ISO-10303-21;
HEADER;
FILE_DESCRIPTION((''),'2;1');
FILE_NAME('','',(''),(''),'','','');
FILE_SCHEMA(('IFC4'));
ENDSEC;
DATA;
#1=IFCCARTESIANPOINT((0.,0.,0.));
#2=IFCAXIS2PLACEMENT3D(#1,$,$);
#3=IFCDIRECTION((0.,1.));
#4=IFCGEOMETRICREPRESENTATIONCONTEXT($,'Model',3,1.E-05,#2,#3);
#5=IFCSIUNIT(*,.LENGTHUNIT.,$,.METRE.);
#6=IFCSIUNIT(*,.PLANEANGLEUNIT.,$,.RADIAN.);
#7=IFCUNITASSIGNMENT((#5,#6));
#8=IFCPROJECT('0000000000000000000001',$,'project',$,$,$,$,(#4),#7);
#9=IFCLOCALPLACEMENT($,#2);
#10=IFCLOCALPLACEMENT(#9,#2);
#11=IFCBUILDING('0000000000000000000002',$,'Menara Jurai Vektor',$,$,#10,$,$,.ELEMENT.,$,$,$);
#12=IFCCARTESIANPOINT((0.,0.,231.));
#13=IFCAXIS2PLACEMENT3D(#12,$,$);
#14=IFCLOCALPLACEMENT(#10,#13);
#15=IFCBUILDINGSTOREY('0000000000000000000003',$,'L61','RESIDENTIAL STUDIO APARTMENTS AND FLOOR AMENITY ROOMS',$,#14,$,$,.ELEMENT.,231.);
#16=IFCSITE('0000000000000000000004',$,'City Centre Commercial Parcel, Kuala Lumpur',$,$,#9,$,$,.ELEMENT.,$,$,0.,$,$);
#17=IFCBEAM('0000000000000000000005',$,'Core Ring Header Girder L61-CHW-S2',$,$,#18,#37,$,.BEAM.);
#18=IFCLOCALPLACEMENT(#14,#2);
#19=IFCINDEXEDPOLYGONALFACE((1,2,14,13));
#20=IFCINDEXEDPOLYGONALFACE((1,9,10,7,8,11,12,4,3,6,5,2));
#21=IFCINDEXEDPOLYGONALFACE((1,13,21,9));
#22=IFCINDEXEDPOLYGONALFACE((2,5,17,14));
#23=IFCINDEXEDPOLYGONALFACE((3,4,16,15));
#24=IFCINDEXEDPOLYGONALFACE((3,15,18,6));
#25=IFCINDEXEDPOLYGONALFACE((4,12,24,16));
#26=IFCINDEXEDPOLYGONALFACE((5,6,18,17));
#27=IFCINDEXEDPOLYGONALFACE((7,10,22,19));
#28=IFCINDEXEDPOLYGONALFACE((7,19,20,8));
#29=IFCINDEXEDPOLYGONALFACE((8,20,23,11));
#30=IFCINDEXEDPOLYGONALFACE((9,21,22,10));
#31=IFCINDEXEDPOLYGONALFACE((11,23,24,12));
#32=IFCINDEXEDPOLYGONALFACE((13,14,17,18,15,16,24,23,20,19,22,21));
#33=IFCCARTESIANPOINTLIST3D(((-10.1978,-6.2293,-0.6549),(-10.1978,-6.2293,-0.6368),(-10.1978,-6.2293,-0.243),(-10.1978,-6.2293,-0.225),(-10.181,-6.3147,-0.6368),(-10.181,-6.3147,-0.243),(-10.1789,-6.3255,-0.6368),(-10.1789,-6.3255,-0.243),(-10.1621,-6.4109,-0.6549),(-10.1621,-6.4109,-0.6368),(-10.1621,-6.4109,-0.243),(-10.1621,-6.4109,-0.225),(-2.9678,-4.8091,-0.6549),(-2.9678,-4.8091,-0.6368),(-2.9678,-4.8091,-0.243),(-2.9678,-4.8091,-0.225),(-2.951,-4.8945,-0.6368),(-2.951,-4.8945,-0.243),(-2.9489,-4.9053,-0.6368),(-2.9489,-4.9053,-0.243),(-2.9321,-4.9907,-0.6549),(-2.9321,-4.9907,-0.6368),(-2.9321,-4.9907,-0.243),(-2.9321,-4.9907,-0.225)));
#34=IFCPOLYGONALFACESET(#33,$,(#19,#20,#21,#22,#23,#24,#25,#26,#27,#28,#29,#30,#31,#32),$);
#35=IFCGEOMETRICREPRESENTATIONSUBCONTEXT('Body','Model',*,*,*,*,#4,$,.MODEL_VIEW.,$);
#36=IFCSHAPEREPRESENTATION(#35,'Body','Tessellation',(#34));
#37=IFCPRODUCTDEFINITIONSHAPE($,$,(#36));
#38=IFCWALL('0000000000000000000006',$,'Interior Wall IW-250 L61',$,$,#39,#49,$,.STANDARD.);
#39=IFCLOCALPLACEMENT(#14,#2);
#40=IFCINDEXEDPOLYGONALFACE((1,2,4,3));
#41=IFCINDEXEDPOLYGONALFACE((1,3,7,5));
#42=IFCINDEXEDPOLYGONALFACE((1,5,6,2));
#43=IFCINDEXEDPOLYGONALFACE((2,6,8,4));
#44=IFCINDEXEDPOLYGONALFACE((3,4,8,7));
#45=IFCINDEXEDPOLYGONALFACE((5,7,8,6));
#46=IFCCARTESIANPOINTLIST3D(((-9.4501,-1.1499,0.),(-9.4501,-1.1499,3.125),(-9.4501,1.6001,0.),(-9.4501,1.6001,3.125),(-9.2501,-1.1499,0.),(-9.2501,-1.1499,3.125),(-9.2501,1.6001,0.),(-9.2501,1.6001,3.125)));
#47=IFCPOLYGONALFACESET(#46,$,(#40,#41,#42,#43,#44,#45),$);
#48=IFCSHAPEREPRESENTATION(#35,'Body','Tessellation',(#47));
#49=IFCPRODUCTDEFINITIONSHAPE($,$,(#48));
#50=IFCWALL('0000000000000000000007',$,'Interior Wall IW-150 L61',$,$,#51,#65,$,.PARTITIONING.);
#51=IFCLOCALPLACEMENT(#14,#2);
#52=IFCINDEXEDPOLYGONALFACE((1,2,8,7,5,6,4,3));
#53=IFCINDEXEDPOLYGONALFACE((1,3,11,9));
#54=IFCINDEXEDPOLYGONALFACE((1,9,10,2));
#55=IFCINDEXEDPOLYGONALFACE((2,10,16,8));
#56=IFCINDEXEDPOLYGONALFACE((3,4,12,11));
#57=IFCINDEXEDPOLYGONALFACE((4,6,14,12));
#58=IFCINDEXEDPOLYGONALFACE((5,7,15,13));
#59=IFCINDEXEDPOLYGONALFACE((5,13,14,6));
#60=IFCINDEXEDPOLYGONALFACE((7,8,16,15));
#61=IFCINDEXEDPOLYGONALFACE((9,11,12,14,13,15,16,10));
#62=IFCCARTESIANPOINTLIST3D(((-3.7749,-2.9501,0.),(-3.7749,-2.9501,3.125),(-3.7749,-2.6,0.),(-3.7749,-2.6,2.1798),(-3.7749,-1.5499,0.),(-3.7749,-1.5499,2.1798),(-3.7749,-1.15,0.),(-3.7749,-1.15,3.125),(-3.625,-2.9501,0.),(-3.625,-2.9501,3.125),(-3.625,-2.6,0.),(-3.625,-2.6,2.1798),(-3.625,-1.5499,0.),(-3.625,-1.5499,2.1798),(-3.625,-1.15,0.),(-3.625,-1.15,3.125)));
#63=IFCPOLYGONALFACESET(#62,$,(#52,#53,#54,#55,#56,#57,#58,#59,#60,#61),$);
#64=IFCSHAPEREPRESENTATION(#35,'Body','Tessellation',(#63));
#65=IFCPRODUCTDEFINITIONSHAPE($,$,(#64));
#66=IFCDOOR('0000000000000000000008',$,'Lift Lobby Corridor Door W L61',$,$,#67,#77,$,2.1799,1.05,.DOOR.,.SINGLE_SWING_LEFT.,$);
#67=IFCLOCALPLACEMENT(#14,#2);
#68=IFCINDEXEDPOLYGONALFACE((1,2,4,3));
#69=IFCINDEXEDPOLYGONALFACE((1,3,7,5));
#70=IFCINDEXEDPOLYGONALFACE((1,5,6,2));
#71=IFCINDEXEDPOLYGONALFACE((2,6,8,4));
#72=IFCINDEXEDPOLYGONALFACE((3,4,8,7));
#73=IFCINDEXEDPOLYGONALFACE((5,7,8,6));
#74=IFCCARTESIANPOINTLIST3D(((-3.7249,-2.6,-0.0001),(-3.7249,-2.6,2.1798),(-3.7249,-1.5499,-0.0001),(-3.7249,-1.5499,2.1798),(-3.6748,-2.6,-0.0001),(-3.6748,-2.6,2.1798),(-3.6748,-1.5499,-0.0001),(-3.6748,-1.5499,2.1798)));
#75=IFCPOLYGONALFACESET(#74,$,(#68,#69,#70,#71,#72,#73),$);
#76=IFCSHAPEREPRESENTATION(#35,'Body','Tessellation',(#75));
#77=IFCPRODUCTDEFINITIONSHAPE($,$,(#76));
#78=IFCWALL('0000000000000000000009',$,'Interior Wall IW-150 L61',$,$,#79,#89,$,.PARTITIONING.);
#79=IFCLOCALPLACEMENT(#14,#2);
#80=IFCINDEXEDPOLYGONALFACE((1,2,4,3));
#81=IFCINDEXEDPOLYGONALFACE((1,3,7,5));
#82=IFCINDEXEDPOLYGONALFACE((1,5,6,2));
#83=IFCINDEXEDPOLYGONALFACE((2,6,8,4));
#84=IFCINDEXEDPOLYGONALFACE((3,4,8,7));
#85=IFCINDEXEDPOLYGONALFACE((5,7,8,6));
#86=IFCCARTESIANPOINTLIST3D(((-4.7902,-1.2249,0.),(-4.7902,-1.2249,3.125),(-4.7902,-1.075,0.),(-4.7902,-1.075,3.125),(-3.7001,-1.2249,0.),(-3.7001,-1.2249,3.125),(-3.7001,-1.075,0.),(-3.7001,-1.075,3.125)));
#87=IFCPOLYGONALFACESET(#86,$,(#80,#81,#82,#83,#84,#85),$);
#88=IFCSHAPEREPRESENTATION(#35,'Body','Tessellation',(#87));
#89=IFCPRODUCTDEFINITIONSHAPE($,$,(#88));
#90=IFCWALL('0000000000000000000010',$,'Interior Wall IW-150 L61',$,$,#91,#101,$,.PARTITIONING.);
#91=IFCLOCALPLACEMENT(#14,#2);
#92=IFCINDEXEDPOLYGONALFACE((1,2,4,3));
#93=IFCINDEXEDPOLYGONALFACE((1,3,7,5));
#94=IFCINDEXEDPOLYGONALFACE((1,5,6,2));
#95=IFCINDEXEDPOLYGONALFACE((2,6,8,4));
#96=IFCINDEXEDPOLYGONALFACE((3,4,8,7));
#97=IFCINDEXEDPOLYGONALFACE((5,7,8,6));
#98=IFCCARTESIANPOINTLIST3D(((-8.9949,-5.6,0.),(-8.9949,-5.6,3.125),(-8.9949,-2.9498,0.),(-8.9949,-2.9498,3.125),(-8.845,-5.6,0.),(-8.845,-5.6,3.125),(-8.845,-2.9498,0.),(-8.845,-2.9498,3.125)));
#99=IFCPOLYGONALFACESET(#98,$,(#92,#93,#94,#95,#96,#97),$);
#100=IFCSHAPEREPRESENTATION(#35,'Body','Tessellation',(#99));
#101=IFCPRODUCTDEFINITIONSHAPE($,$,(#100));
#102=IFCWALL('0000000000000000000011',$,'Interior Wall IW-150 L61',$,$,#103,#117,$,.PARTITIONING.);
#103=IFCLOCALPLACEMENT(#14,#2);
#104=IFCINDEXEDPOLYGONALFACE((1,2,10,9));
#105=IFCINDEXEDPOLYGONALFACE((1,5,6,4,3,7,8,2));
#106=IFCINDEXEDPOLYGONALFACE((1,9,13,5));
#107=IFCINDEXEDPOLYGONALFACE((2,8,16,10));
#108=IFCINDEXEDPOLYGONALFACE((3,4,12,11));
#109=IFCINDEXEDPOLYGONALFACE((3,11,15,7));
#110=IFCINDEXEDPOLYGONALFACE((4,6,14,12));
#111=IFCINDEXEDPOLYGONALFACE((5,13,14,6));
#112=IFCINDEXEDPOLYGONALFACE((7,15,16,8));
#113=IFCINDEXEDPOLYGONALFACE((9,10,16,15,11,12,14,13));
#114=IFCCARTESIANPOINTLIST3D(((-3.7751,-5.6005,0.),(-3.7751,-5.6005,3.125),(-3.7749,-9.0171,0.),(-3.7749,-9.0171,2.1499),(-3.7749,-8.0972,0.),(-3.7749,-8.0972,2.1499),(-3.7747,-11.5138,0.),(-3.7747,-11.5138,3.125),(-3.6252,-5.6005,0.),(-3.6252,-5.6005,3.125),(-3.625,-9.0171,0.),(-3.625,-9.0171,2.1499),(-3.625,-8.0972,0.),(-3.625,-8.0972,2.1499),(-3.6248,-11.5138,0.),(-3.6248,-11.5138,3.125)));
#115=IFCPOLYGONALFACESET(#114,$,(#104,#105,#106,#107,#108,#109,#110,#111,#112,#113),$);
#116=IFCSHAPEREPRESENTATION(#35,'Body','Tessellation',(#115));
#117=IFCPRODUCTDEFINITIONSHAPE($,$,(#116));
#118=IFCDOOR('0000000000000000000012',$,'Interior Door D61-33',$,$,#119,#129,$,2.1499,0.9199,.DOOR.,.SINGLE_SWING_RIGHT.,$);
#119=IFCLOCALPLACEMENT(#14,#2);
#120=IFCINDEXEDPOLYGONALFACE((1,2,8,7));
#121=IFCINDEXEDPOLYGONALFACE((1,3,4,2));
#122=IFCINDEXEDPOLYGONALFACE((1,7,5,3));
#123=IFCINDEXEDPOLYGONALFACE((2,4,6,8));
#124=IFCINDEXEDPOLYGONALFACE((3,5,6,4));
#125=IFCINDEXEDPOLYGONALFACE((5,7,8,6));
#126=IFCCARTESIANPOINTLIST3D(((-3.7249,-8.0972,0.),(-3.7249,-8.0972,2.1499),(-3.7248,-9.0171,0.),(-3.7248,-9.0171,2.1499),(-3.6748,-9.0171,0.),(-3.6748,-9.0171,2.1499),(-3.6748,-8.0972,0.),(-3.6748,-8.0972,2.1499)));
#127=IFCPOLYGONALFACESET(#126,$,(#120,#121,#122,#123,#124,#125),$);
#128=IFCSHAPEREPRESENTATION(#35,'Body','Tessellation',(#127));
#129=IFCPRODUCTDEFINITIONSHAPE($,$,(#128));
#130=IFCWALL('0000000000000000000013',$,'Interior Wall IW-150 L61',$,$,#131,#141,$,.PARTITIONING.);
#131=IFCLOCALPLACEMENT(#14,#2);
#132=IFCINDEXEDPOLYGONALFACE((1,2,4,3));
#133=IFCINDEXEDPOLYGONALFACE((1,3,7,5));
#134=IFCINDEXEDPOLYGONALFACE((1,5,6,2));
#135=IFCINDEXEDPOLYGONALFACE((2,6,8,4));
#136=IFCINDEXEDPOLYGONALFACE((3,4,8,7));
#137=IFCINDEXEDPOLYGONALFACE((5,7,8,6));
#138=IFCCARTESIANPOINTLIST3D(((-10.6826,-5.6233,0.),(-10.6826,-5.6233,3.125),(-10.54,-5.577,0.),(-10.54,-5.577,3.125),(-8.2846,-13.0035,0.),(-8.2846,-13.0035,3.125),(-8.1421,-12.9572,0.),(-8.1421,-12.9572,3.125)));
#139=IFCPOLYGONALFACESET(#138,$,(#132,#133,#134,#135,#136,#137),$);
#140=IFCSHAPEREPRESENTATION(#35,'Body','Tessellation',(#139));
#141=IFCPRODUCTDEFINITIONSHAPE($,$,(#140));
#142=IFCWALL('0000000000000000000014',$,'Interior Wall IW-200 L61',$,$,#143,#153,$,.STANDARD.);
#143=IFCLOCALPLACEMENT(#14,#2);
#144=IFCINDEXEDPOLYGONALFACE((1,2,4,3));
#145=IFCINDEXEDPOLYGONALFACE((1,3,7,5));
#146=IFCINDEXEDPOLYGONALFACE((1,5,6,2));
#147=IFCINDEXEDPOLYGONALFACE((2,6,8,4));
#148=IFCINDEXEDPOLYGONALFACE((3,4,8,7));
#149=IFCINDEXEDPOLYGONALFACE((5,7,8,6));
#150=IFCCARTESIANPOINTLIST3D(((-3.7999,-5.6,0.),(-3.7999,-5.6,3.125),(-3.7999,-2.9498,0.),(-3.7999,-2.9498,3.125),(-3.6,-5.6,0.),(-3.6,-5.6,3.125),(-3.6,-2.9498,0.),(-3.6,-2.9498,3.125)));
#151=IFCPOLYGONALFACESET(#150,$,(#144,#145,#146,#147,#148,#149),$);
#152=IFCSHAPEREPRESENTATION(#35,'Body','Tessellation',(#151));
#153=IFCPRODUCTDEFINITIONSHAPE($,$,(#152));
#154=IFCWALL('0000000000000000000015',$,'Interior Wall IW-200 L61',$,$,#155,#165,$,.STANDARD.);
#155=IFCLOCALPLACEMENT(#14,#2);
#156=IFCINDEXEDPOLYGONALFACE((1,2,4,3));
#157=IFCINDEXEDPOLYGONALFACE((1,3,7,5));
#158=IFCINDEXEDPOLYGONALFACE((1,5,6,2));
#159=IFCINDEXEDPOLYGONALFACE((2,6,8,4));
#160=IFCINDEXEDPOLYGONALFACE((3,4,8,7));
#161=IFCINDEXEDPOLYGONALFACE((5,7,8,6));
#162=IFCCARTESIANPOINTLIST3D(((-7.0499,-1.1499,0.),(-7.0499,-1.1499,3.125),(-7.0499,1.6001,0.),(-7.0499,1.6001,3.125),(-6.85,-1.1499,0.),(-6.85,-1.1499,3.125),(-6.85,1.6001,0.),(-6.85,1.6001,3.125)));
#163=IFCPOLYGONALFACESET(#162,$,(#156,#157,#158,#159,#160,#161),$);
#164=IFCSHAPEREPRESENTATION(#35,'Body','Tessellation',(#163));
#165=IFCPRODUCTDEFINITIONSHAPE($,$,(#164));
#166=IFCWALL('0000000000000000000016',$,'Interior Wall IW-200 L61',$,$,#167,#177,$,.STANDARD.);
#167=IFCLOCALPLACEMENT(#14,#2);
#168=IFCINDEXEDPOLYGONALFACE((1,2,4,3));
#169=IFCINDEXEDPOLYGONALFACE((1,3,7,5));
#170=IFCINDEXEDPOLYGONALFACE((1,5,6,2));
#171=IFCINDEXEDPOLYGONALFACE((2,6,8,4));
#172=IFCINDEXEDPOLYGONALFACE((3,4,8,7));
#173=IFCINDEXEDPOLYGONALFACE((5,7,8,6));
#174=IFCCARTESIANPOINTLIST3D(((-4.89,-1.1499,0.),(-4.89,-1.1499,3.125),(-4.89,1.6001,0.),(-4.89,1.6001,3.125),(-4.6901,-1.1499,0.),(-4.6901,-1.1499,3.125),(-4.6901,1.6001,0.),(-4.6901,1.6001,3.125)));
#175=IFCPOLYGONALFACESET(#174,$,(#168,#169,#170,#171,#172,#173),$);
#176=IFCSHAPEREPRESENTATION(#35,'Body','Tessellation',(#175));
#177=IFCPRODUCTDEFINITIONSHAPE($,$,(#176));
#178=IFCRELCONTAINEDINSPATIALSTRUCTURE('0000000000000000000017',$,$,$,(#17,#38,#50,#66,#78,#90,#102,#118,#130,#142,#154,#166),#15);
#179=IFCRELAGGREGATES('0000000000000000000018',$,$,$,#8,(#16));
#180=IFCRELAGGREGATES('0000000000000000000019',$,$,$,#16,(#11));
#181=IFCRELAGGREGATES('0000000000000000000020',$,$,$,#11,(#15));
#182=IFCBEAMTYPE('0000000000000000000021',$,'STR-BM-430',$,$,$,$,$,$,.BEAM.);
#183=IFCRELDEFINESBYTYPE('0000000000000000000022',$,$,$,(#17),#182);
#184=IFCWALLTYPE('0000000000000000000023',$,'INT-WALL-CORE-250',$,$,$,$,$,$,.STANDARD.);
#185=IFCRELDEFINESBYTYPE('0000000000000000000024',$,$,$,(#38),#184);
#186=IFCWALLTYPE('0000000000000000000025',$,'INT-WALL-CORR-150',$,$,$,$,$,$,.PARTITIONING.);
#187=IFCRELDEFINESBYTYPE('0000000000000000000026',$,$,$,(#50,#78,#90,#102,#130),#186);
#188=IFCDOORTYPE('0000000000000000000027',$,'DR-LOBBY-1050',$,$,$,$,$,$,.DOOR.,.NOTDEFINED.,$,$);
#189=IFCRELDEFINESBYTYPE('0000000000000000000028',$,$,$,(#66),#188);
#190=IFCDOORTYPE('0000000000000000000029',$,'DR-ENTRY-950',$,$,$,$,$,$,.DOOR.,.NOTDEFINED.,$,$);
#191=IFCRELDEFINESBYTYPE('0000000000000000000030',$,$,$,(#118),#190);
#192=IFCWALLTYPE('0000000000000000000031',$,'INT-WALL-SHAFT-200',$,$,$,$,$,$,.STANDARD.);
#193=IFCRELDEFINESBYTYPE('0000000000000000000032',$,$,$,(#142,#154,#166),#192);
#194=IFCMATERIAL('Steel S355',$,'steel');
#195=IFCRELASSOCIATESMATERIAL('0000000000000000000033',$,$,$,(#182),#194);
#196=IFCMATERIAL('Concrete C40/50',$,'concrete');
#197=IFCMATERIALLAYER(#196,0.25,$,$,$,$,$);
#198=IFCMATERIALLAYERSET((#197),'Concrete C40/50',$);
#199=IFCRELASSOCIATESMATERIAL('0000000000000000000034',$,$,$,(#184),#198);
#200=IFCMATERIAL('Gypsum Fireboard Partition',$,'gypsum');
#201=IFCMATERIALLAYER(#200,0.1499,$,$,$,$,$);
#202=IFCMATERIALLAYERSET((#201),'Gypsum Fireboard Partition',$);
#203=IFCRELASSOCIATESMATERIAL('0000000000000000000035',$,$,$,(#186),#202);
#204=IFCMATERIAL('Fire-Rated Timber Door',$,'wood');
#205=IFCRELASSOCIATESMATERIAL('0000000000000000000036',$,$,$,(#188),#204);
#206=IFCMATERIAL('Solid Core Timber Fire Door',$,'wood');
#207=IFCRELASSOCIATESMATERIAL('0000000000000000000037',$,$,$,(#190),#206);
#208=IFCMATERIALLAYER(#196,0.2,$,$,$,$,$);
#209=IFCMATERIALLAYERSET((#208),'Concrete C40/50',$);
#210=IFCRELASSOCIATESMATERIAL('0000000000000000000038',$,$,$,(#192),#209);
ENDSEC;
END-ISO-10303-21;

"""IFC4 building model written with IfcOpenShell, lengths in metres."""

from ifc_helpers import new_model, si_unit, direction, frame, frame_2d, origin, origin_2d, place, context, subcontext, project, spatial, rectangle, i_section, extrude, material, layer, layer_set, material_profile, profile_set, type_object, element, fill, save


model = new_model("IFC4")

# Units and contexts
model_context = context("Model", 3, precision=1e-05, world=origin(), true_north=direction((0.0, 1.0)))
body_context = subcontext(model_context, "Body", "Model", "MODEL_VIEW")
ifc_project = project(units=[si_unit("LENGTHUNIT", "METRE"), si_unit("PLANEANGLEUNIT", "RADIAN")], contexts=[model_context])

# Site, building, storey
site_placement = place(None, origin())
site = spatial("IfcSite", under=ifc_project, at=site_placement, Name="City Centre Commercial Parcel, Kuala Lumpur", CompositionType="ELEMENT", RefElevation=0.0)
building_placement = place(site_placement, origin())
building = spatial("IfcBuilding", under=site, at=building_placement, Name="Menara Jurai Vektor", CompositionType="ELEMENT")
storey_placement = place(building_placement, frame((0.0, 0.0, 231.0)))
storey = spatial("IfcBuildingStorey", under=building, at=storey_placement, Name="L61", Description="RESIDENTIAL STUDIO APARTMENTS AND FLOOR AMENITY ROOMS", CompositionType="ELEMENT", Elevation=231.0)

# Beam
ifc_material_1 = material(Name="Steel S355", Category="steel")
ifc_material_profile = material_profile(ifc_material_1, i_section(OverallWidth=0.1851, OverallDepth=0.4299, WebThickness=0.011, FlangeThickness=0.0181, at=origin_2d()), Name="PG 430x185x76")
ifc_profile_set = profile_set([ifc_material_profile], Name="Steel S355")
beam_type = type_object("IfcBeamType", Name="STR-BM-430", PredefinedType="BEAM", material=ifc_profile_set)
beam_placement = place(storey_placement, frame((-10.1799, -6.3201, -0.4399), z_axis=(0.981249, 0.192744, 0.0), x_axis=(-0.192744, 0.981249, 0.0)))
element("IfcBeam", 1, at=beam_placement, inside=storey, type_object=beam_type, Name="Core Ring Header Girder L61-CHW-S2", PredefinedType="BEAM", context=body_context, shape_type="SweptSolid", body=[
    extrude(i_section(OverallWidth=0.1851, OverallDepth=0.4299, WebThickness=0.011, FlangeThickness=0.0181, at=origin_2d()), origin(), (0.0, 0.0, 1.0), 7.3682),
])

# Wall
ifc_material_2 = material(Name="Concrete C40/50", Category="concrete")
ifc_layer_1 = layer(ifc_material_2, 0.25)
ifc_layer_set_1 = layer_set([ifc_layer_1], Name="Concrete C40/50")
wall_type_1 = type_object("IfcWallType", Name="INT-WALL-CORE-250", PredefinedType="STANDARD", material=ifc_layer_set_1)
wall_1_placement = place(storey_placement, frame((-9.3501, -1.1499, 0.0), z_axis=(0.0, 0.0, 1.0), x_axis=(0.0, 1.0, 0.0)))
element("IfcWall", 2, at=wall_1_placement, inside=storey, type_object=wall_type_1, Name="Interior Wall IW-250 L61", PredefinedType="STANDARD", context=body_context, shape_type="SweptSolid", body=[
    extrude(rectangle(XDim=2.75, YDim=0.2, at=frame_2d((1.375, 0.0))), origin(), (0.0, 0.0, 1.0), 3.125),
])

# Wall, opening, door
ifc_material_3 = material(Name="Gypsum Fireboard Partition", Category="gypsum")
ifc_layer_2 = layer(ifc_material_3, 0.1499)
ifc_layer_set_2 = layer_set([ifc_layer_2], Name="Gypsum Fireboard Partition")
wall_type_2 = type_object("IfcWallType", Name="INT-WALL-CORR-150", PredefinedType="PARTITIONING", material=ifc_layer_set_2)
wall_2_placement = place(storey_placement, frame((-3.7, -2.95, 0.0), z_axis=(0.0, 0.0, 1.0), x_axis=(0.0, 1.0, 0.0)))
wall_2 = element("IfcWall", 3, at=wall_2_placement, inside=storey, type_object=wall_type_2, Name="Interior Wall IW-150 L61", PredefinedType="PARTITIONING", context=body_context, shape_type="SweptSolid", body=[
    extrude(rectangle(XDim=1.8, YDim=0.1499, at=frame_2d((0.8999, 0.0))), origin(), (0.0, 0.0, 1.0), 3.125),
])
opening_1_placement = place(wall_2_placement, frame((0.3501, 0.0, 0.0)))
opening_1 = element("IfcOpeningElement", 4, at=opening_1_placement, cuts=wall_2, PredefinedType="OPENING", context=body_context, shape_type="SweptSolid", body=[
    extrude(rectangle(XDim=1.05, YDim=2.1799, at=frame_2d((0.5249, 1.0898))), frame((0.0, 0.085, 0.0), z_axis=(0.0, -1.0, 0.0), x_axis=(1.0, 0.0, 0.0)), (0.0, 0.0, 1.0), 0.1699),
])
ifc_material_4 = material(Name="Fire-Rated Timber Door", Category="wood")
door_type_1 = type_object("IfcDoorType", Name="DR-LOBBY-1050", OperationType="NOTDEFINED", PredefinedType="DOOR", material=ifc_material_4)
door_1_placement = place(opening_1_placement, origin())
door_1 = element("IfcDoor", 5, at=door_1_placement, inside=storey, type_object=door_type_1, Name="Lift Lobby Corridor Door W L61", OperationType="SINGLE_SWING_LEFT", OverallHeight=2.1799, OverallWidth=1.05, PredefinedType="DOOR", context=body_context, shape_type="SweptSolid", body=[
    extrude(rectangle(XDim=1.05, YDim=2.1799, at=frame_2d((0.5249, 1.0898))), frame((0.0, 0.0249, 0.0), z_axis=(0.0, -1.0, 0.0), x_axis=(1.0, 0.0, 0.0)), (0.0, 0.0, 1.0), 0.05),
])
fill(opening_1, door_1)

# Walls
wall_3_placement = place(storey_placement, frame((-4.79, -1.1499, 0.0), z_axis=(0.0, 0.0, 1.0), x_axis=(1.0, 0.0, 0.0)))
element("IfcWall", 6, at=wall_3_placement, inside=storey, type_object=wall_type_2, Name="Interior Wall IW-150 L61", PredefinedType="PARTITIONING", context=body_context, shape_type="SweptSolid", body=[
    extrude(rectangle(XDim=1.0901, YDim=0.1499, at=frame_2d((0.5449, 0.0))), origin(), (0.0, 0.0, 1.0), 3.125),
])
wall_4_placement = place(storey_placement, frame((-8.9199, -5.6001, 0.0), z_axis=(0.0, 0.0, 1.0), x_axis=(0.0, 1.0, 0.0)))
element("IfcWall", 7, at=wall_4_placement, inside=storey, type_object=wall_type_2, Name="Interior Wall IW-150 L61", PredefinedType="PARTITIONING", context=body_context, shape_type="SweptSolid", body=[
    extrude(rectangle(XDim=2.6501, YDim=0.1499, at=frame_2d((1.3252, 0.0))), origin(), (0.0, 0.0, 1.0), 3.125),
])

# Wall, opening, door
wall_5_placement = place(storey_placement, frame((-3.6997, -11.5137, 0.0), z_axis=(0.0, 0.0, 1.0), x_axis=(-0.000083, 1.0, 0.0)))
wall_5 = element("IfcWall", 8, at=wall_5_placement, inside=storey, type_object=wall_type_2, Name="Interior Wall IW-150 L61", PredefinedType="PARTITIONING", context=body_context, shape_type="SweptSolid", body=[
    extrude(rectangle(XDim=5.9133, YDim=0.1499, at=frame_2d((2.9565, 0.0))), origin(), (0.0, 0.0, 1.0), 3.125),
])
opening_2_placement = place(wall_5_placement, frame((2.4966, 0.0, 0.0)))
opening_2 = element("IfcOpeningElement", 9, at=opening_2_placement, cuts=wall_5, PredefinedType="OPENING", context=body_context, shape_type="SweptSolid", body=[
    extrude(rectangle(XDim=0.9199, YDim=2.1499, at=frame_2d((0.46, 1.075))), frame((0.0, 0.085, 0.0), z_axis=(0.0, -1.0, 0.0), x_axis=(1.0, 0.0, 0.0)), (0.0, 0.0, 1.0), 0.1699),
])
ifc_material_5 = material(Name="Solid Core Timber Fire Door", Category="wood")
door_type_2 = type_object("IfcDoorType", Name="DR-ENTRY-950", OperationType="NOTDEFINED", PredefinedType="DOOR", material=ifc_material_5)
door_2_placement = place(opening_2_placement, origin())
door_2 = element("IfcDoor", 10, at=door_2_placement, inside=storey, type_object=door_type_2, Name="Interior Door D61-33", OperationType="SINGLE_SWING_RIGHT", OverallHeight=2.1499, OverallWidth=0.9199, PredefinedType="DOOR", context=body_context, shape_type="SweptSolid", body=[
    extrude(rectangle(XDim=0.9199, YDim=2.1499, at=frame_2d((0.46, 1.075))), frame((0.0, 0.0249, 0.0), z_axis=(0.0, -1.0, 0.0), x_axis=(1.0, 0.0, 0.0)), (0.0, 0.0, 1.0), 0.05),
])
fill(opening_2, door_2)

# Wall
wall_6_placement = place(storey_placement, frame((-8.2134, -12.9802, 0.0), z_axis=(0.0, 0.0, 1.0), x_axis=(-0.309017, 0.951056, 0.0)))
element("IfcWall", 11, at=wall_6_placement, inside=storey, type_object=wall_type_2, Name="Interior Wall IW-150 L61", PredefinedType="PARTITIONING", context=body_context, shape_type="SweptSolid", body=[
    extrude(rectangle(XDim=7.76, YDim=0.1499, at=frame_2d((3.8799, 0.0))), origin(), (0.0, 0.0, 1.0), 3.125),
])

# Shared definitions
ifc_layer_3 = layer(ifc_material_2, 0.2)
ifc_layer_set_3 = layer_set([ifc_layer_3], Name="Concrete C40/50")
wall_type_3 = type_object("IfcWallType", Name="INT-WALL-SHAFT-200", PredefinedType="STANDARD", material=ifc_layer_set_3)

# Walls
wall_7_placement = place(storey_placement, frame((-3.7, -5.6001, 0.0), z_axis=(0.0, 0.0, 1.0), x_axis=(0.0, 1.0, 0.0)))
element("IfcWall", 12, at=wall_7_placement, inside=storey, type_object=wall_type_3, Name="Interior Wall IW-200 L61", PredefinedType="STANDARD", context=body_context, shape_type="SweptSolid", body=[
    extrude(rectangle(XDim=2.6501, YDim=0.2, at=frame_2d((1.3252, 0.0))), origin(), (0.0, 0.0, 1.0), 3.125),
])
wall_8_placement = place(storey_placement, frame((-6.95, -1.1499, 0.0), z_axis=(0.0, 0.0, 1.0), x_axis=(0.0, 1.0, 0.0)))
element("IfcWall", 13, at=wall_8_placement, inside=storey, type_object=wall_type_3, Name="Interior Wall IW-200 L61", PredefinedType="STANDARD", context=body_context, shape_type="SweptSolid", body=[
    extrude(rectangle(XDim=2.75, YDim=0.2, at=frame_2d((1.375, 0.0))), origin(), (0.0, 0.0, 1.0), 3.125),
])

# Wall
wall_9_placement = place(storey_placement, frame((-4.79, -1.1499, 0.0), z_axis=(0.0, 0.0, 1.0), x_axis=(0.0, 1.0, 0.0)))
element("IfcWall", 14, at=wall_9_placement, inside=storey, type_object=wall_type_3, Name="Interior Wall IW-200 L61", PredefinedType="STANDARD", context=body_context, shape_type="SweptSolid", body=[
    extrude(rectangle(XDim=2.75, YDim=0.2, at=frame_2d((1.375, 0.0))), origin(), (0.0, 0.0, 1.0), 3.125),
])

save(model, "model.ifc")
